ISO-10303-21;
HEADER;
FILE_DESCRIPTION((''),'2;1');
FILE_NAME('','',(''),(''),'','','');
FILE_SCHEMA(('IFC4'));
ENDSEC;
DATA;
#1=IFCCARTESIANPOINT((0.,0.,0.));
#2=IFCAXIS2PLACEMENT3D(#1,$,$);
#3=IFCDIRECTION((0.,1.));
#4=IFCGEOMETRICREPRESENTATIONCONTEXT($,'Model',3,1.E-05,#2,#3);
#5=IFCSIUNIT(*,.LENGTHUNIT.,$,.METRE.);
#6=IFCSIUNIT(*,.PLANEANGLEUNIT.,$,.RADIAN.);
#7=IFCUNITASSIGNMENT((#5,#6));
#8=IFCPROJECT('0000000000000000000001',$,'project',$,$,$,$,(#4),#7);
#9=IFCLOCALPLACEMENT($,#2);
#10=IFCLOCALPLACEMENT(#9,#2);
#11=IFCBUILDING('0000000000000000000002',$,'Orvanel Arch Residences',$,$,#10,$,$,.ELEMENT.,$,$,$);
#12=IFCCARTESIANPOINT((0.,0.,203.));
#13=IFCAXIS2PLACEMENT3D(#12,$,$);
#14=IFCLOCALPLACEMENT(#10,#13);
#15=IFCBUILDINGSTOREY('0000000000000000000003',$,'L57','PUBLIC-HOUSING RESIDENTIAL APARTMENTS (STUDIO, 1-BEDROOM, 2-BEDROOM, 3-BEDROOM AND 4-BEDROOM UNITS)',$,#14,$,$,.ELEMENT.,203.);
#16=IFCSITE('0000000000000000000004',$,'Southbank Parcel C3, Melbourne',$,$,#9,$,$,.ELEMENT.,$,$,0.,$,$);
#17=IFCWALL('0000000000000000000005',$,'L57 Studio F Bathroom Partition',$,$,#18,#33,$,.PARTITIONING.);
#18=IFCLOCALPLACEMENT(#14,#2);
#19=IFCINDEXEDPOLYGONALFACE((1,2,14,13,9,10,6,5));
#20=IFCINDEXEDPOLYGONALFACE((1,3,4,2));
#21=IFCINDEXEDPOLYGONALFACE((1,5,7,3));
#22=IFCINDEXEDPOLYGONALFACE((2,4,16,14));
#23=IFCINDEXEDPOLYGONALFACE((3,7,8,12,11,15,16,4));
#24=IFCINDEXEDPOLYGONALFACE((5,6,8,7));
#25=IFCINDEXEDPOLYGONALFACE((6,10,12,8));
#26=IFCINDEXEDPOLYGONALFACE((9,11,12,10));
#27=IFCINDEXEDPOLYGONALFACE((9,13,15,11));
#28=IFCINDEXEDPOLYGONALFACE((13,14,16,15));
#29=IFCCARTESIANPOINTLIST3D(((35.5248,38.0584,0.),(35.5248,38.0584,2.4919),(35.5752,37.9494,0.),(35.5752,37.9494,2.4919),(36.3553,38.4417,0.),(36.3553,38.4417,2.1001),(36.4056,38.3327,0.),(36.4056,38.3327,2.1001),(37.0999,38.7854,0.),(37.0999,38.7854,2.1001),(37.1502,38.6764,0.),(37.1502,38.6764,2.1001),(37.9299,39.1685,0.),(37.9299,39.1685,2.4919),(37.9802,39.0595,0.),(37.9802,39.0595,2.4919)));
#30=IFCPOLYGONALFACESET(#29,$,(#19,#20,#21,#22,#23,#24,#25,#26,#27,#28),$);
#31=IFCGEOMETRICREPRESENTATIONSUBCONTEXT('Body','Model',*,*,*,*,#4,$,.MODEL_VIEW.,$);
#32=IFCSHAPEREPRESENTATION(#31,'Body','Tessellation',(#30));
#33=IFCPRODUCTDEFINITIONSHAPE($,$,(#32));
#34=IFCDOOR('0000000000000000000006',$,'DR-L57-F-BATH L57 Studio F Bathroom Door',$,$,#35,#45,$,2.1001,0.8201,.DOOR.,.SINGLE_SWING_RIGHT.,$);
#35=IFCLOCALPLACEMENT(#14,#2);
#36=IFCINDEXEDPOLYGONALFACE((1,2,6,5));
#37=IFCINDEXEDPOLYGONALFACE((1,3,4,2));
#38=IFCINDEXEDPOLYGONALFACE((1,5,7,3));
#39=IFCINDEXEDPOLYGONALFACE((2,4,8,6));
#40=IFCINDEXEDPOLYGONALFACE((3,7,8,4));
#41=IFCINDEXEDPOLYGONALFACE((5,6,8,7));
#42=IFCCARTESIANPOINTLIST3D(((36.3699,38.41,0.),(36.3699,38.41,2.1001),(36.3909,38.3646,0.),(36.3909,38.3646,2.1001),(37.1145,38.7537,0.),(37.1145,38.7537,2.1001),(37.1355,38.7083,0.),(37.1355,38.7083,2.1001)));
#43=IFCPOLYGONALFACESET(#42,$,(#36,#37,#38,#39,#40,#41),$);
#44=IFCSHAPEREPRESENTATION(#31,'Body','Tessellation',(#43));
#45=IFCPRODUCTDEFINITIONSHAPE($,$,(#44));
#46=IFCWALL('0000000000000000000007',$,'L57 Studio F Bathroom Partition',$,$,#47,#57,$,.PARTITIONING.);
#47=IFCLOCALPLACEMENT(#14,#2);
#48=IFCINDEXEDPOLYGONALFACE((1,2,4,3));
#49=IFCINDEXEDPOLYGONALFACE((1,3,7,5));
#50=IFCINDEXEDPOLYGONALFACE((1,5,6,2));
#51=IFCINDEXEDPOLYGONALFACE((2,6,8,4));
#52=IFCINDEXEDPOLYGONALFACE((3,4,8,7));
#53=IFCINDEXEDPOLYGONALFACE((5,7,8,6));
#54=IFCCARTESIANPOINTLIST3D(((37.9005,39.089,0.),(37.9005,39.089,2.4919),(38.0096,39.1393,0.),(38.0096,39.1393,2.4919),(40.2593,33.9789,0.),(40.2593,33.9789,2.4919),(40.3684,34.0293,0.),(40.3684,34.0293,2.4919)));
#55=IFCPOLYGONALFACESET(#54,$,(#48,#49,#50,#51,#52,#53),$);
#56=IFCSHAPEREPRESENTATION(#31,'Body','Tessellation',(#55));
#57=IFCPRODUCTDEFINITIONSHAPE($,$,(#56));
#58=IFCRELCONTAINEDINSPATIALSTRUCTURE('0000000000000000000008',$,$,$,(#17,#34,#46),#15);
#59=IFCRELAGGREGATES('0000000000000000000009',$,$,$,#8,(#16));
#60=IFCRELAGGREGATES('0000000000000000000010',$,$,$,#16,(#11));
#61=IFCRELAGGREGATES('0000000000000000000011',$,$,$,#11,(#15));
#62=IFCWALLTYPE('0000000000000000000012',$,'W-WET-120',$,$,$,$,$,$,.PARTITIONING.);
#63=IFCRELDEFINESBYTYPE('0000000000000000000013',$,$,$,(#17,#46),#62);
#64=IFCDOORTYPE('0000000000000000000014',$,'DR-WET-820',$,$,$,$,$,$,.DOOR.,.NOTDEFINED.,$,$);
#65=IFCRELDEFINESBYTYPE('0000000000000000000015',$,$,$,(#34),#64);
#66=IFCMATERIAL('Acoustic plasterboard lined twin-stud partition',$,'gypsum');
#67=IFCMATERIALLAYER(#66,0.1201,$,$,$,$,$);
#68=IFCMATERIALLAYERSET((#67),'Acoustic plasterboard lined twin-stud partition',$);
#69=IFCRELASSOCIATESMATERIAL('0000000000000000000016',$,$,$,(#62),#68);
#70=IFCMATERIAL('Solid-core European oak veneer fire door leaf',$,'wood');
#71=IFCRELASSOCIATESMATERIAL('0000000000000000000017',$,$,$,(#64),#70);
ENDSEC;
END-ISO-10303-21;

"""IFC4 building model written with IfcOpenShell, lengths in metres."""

from ifc_helpers import new_model, si_unit, direction, frame, frame_2d, origin, place, context, subcontext, project, spatial, rectangle, extrude, material, layer, layer_set, type_object, element, fill, save


model = new_model("IFC4")

# Units and contexts
model_context = context("Model", 3, precision=1e-05, world=origin(), true_north=direction((0.0, 1.0)))
body_context = subcontext(model_context, "Body", "Model", "MODEL_VIEW")
ifc_project = project(units=[si_unit("LENGTHUNIT", "METRE"), si_unit("PLANEANGLEUNIT", "RADIAN")], contexts=[model_context])

# Site, building, storey
site_placement = place(None, origin())
site = spatial("IfcSite", under=ifc_project, at=site_placement, Name="Southbank Parcel C3, Melbourne", CompositionType="ELEMENT", RefElevation=0.0)
building_placement = place(site_placement, origin())
building = spatial("IfcBuilding", under=site, at=building_placement, Name="Orvanel Arch Residences", CompositionType="ELEMENT")
storey_placement = place(building_placement, frame((0.0, 0.0, 203.0)))
storey = spatial("IfcBuildingStorey", under=building, at=storey_placement, Name="L57", Description="PUBLIC-HOUSING RESIDENTIAL APARTMENTS (STUDIO, 1-BEDROOM, 2-BEDROOM, 3-BEDROOM AND 4-BEDROOM UNITS)", CompositionType="ELEMENT", Elevation=203.0)

# Wall, opening, door
ifc_material_1 = material(Name="Acoustic plasterboard lined twin-stud partition", Category="gypsum")
ifc_layer_1 = layer(ifc_material_1, 0.1201)
ifc_layer_set_1 = layer_set([ifc_layer_1], Name="Acoustic plasterboard lined twin-stud partition")
wall_type_1 = type_object("IfcWallType", Name="W-WET-120", PredefinedType="PARTITIONING", material=ifc_layer_set_1)
wall_1_placement = place(storey_placement, frame((37.9551, 39.114, 0.0), z_axis=(0.0, 0.0, 1.0), x_axis=(-0.907946, -0.419087, 0.0)))
wall_1 = element("IfcWall", 1, at=wall_1_placement, inside=storey, type_object=wall_type_1, Name="L57 Studio F Bathroom Partition", PredefinedType="PARTITIONING", context=body_context, shape_type="SweptSolid", body=[
    extrude(rectangle(XDim=2.6489, YDim=0.1201, at=frame_2d((1.3245, 0.0))), origin(), (0.0, 0.0, 1.0), 2.4919),
])
opening_1_placement = place(wall_1_placement, frame((0.9141, 0.0, 0.0)))
opening_1 = element("IfcOpeningElement", 2, at=opening_1_placement, cuts=wall_1, PredefinedType="OPENING", context=body_context, shape_type="SweptSolid", body=[
    extrude(rectangle(XDim=0.8201, YDim=2.1001, at=frame_2d((0.4102, 1.05))), frame((0.0, 0.0701, 0.0), z_axis=(0.0, -1.0, 0.0), x_axis=(1.0, 0.0, 0.0)), (0.0, 0.0, 1.0), 0.1401),
])
ifc_material_2 = material(Name="Solid-core European oak veneer fire door leaf", Category="wood")
door_type_1 = type_object("IfcDoorType", Name="DR-WET-820", OperationType="NOTDEFINED", PredefinedType="DOOR", material=ifc_material_2)
door_1_placement = place(opening_1_placement, origin())
door_1 = element("IfcDoor", 3, at=door_1_placement, inside=storey, type_object=door_type_1, Name="DR-L57-F-BATH L57 Studio F Bathroom Door", OperationType="SINGLE_SWING_RIGHT", OverallHeight=2.1001, OverallWidth=0.8201, PredefinedType="DOOR", context=body_context, shape_type="SweptSolid", body=[
    extrude(rectangle(XDim=0.8201, YDim=2.1001, at=frame_2d((0.4102, 1.05))), frame((0.0, 0.0249, 0.0), z_axis=(0.0, -1.0, 0.0), x_axis=(1.0, 0.0, 0.0)), (0.0, 0.0, 1.0), 0.05),
])
fill(opening_1, door_1)

# Wall
wall_2_placement = place(storey_placement, frame((37.9551, 39.114, 0.0), z_axis=(0.0, 0.0, 1.0), x_axis=(0.419113, -0.907934, 0.0)))
element("IfcWall", 4, at=wall_2_placement, inside=storey, type_object=wall_type_1, Name="L57 Studio F Bathroom Partition", PredefinedType="PARTITIONING", context=body_context, shape_type="SweptSolid", body=[
    extrude(rectangle(XDim=5.6282, YDim=0.1201, at=frame_2d((2.814, 0.0))), origin(), (0.0, 0.0, 1.0), 2.4919),
])

save(model, "model.ifc")
